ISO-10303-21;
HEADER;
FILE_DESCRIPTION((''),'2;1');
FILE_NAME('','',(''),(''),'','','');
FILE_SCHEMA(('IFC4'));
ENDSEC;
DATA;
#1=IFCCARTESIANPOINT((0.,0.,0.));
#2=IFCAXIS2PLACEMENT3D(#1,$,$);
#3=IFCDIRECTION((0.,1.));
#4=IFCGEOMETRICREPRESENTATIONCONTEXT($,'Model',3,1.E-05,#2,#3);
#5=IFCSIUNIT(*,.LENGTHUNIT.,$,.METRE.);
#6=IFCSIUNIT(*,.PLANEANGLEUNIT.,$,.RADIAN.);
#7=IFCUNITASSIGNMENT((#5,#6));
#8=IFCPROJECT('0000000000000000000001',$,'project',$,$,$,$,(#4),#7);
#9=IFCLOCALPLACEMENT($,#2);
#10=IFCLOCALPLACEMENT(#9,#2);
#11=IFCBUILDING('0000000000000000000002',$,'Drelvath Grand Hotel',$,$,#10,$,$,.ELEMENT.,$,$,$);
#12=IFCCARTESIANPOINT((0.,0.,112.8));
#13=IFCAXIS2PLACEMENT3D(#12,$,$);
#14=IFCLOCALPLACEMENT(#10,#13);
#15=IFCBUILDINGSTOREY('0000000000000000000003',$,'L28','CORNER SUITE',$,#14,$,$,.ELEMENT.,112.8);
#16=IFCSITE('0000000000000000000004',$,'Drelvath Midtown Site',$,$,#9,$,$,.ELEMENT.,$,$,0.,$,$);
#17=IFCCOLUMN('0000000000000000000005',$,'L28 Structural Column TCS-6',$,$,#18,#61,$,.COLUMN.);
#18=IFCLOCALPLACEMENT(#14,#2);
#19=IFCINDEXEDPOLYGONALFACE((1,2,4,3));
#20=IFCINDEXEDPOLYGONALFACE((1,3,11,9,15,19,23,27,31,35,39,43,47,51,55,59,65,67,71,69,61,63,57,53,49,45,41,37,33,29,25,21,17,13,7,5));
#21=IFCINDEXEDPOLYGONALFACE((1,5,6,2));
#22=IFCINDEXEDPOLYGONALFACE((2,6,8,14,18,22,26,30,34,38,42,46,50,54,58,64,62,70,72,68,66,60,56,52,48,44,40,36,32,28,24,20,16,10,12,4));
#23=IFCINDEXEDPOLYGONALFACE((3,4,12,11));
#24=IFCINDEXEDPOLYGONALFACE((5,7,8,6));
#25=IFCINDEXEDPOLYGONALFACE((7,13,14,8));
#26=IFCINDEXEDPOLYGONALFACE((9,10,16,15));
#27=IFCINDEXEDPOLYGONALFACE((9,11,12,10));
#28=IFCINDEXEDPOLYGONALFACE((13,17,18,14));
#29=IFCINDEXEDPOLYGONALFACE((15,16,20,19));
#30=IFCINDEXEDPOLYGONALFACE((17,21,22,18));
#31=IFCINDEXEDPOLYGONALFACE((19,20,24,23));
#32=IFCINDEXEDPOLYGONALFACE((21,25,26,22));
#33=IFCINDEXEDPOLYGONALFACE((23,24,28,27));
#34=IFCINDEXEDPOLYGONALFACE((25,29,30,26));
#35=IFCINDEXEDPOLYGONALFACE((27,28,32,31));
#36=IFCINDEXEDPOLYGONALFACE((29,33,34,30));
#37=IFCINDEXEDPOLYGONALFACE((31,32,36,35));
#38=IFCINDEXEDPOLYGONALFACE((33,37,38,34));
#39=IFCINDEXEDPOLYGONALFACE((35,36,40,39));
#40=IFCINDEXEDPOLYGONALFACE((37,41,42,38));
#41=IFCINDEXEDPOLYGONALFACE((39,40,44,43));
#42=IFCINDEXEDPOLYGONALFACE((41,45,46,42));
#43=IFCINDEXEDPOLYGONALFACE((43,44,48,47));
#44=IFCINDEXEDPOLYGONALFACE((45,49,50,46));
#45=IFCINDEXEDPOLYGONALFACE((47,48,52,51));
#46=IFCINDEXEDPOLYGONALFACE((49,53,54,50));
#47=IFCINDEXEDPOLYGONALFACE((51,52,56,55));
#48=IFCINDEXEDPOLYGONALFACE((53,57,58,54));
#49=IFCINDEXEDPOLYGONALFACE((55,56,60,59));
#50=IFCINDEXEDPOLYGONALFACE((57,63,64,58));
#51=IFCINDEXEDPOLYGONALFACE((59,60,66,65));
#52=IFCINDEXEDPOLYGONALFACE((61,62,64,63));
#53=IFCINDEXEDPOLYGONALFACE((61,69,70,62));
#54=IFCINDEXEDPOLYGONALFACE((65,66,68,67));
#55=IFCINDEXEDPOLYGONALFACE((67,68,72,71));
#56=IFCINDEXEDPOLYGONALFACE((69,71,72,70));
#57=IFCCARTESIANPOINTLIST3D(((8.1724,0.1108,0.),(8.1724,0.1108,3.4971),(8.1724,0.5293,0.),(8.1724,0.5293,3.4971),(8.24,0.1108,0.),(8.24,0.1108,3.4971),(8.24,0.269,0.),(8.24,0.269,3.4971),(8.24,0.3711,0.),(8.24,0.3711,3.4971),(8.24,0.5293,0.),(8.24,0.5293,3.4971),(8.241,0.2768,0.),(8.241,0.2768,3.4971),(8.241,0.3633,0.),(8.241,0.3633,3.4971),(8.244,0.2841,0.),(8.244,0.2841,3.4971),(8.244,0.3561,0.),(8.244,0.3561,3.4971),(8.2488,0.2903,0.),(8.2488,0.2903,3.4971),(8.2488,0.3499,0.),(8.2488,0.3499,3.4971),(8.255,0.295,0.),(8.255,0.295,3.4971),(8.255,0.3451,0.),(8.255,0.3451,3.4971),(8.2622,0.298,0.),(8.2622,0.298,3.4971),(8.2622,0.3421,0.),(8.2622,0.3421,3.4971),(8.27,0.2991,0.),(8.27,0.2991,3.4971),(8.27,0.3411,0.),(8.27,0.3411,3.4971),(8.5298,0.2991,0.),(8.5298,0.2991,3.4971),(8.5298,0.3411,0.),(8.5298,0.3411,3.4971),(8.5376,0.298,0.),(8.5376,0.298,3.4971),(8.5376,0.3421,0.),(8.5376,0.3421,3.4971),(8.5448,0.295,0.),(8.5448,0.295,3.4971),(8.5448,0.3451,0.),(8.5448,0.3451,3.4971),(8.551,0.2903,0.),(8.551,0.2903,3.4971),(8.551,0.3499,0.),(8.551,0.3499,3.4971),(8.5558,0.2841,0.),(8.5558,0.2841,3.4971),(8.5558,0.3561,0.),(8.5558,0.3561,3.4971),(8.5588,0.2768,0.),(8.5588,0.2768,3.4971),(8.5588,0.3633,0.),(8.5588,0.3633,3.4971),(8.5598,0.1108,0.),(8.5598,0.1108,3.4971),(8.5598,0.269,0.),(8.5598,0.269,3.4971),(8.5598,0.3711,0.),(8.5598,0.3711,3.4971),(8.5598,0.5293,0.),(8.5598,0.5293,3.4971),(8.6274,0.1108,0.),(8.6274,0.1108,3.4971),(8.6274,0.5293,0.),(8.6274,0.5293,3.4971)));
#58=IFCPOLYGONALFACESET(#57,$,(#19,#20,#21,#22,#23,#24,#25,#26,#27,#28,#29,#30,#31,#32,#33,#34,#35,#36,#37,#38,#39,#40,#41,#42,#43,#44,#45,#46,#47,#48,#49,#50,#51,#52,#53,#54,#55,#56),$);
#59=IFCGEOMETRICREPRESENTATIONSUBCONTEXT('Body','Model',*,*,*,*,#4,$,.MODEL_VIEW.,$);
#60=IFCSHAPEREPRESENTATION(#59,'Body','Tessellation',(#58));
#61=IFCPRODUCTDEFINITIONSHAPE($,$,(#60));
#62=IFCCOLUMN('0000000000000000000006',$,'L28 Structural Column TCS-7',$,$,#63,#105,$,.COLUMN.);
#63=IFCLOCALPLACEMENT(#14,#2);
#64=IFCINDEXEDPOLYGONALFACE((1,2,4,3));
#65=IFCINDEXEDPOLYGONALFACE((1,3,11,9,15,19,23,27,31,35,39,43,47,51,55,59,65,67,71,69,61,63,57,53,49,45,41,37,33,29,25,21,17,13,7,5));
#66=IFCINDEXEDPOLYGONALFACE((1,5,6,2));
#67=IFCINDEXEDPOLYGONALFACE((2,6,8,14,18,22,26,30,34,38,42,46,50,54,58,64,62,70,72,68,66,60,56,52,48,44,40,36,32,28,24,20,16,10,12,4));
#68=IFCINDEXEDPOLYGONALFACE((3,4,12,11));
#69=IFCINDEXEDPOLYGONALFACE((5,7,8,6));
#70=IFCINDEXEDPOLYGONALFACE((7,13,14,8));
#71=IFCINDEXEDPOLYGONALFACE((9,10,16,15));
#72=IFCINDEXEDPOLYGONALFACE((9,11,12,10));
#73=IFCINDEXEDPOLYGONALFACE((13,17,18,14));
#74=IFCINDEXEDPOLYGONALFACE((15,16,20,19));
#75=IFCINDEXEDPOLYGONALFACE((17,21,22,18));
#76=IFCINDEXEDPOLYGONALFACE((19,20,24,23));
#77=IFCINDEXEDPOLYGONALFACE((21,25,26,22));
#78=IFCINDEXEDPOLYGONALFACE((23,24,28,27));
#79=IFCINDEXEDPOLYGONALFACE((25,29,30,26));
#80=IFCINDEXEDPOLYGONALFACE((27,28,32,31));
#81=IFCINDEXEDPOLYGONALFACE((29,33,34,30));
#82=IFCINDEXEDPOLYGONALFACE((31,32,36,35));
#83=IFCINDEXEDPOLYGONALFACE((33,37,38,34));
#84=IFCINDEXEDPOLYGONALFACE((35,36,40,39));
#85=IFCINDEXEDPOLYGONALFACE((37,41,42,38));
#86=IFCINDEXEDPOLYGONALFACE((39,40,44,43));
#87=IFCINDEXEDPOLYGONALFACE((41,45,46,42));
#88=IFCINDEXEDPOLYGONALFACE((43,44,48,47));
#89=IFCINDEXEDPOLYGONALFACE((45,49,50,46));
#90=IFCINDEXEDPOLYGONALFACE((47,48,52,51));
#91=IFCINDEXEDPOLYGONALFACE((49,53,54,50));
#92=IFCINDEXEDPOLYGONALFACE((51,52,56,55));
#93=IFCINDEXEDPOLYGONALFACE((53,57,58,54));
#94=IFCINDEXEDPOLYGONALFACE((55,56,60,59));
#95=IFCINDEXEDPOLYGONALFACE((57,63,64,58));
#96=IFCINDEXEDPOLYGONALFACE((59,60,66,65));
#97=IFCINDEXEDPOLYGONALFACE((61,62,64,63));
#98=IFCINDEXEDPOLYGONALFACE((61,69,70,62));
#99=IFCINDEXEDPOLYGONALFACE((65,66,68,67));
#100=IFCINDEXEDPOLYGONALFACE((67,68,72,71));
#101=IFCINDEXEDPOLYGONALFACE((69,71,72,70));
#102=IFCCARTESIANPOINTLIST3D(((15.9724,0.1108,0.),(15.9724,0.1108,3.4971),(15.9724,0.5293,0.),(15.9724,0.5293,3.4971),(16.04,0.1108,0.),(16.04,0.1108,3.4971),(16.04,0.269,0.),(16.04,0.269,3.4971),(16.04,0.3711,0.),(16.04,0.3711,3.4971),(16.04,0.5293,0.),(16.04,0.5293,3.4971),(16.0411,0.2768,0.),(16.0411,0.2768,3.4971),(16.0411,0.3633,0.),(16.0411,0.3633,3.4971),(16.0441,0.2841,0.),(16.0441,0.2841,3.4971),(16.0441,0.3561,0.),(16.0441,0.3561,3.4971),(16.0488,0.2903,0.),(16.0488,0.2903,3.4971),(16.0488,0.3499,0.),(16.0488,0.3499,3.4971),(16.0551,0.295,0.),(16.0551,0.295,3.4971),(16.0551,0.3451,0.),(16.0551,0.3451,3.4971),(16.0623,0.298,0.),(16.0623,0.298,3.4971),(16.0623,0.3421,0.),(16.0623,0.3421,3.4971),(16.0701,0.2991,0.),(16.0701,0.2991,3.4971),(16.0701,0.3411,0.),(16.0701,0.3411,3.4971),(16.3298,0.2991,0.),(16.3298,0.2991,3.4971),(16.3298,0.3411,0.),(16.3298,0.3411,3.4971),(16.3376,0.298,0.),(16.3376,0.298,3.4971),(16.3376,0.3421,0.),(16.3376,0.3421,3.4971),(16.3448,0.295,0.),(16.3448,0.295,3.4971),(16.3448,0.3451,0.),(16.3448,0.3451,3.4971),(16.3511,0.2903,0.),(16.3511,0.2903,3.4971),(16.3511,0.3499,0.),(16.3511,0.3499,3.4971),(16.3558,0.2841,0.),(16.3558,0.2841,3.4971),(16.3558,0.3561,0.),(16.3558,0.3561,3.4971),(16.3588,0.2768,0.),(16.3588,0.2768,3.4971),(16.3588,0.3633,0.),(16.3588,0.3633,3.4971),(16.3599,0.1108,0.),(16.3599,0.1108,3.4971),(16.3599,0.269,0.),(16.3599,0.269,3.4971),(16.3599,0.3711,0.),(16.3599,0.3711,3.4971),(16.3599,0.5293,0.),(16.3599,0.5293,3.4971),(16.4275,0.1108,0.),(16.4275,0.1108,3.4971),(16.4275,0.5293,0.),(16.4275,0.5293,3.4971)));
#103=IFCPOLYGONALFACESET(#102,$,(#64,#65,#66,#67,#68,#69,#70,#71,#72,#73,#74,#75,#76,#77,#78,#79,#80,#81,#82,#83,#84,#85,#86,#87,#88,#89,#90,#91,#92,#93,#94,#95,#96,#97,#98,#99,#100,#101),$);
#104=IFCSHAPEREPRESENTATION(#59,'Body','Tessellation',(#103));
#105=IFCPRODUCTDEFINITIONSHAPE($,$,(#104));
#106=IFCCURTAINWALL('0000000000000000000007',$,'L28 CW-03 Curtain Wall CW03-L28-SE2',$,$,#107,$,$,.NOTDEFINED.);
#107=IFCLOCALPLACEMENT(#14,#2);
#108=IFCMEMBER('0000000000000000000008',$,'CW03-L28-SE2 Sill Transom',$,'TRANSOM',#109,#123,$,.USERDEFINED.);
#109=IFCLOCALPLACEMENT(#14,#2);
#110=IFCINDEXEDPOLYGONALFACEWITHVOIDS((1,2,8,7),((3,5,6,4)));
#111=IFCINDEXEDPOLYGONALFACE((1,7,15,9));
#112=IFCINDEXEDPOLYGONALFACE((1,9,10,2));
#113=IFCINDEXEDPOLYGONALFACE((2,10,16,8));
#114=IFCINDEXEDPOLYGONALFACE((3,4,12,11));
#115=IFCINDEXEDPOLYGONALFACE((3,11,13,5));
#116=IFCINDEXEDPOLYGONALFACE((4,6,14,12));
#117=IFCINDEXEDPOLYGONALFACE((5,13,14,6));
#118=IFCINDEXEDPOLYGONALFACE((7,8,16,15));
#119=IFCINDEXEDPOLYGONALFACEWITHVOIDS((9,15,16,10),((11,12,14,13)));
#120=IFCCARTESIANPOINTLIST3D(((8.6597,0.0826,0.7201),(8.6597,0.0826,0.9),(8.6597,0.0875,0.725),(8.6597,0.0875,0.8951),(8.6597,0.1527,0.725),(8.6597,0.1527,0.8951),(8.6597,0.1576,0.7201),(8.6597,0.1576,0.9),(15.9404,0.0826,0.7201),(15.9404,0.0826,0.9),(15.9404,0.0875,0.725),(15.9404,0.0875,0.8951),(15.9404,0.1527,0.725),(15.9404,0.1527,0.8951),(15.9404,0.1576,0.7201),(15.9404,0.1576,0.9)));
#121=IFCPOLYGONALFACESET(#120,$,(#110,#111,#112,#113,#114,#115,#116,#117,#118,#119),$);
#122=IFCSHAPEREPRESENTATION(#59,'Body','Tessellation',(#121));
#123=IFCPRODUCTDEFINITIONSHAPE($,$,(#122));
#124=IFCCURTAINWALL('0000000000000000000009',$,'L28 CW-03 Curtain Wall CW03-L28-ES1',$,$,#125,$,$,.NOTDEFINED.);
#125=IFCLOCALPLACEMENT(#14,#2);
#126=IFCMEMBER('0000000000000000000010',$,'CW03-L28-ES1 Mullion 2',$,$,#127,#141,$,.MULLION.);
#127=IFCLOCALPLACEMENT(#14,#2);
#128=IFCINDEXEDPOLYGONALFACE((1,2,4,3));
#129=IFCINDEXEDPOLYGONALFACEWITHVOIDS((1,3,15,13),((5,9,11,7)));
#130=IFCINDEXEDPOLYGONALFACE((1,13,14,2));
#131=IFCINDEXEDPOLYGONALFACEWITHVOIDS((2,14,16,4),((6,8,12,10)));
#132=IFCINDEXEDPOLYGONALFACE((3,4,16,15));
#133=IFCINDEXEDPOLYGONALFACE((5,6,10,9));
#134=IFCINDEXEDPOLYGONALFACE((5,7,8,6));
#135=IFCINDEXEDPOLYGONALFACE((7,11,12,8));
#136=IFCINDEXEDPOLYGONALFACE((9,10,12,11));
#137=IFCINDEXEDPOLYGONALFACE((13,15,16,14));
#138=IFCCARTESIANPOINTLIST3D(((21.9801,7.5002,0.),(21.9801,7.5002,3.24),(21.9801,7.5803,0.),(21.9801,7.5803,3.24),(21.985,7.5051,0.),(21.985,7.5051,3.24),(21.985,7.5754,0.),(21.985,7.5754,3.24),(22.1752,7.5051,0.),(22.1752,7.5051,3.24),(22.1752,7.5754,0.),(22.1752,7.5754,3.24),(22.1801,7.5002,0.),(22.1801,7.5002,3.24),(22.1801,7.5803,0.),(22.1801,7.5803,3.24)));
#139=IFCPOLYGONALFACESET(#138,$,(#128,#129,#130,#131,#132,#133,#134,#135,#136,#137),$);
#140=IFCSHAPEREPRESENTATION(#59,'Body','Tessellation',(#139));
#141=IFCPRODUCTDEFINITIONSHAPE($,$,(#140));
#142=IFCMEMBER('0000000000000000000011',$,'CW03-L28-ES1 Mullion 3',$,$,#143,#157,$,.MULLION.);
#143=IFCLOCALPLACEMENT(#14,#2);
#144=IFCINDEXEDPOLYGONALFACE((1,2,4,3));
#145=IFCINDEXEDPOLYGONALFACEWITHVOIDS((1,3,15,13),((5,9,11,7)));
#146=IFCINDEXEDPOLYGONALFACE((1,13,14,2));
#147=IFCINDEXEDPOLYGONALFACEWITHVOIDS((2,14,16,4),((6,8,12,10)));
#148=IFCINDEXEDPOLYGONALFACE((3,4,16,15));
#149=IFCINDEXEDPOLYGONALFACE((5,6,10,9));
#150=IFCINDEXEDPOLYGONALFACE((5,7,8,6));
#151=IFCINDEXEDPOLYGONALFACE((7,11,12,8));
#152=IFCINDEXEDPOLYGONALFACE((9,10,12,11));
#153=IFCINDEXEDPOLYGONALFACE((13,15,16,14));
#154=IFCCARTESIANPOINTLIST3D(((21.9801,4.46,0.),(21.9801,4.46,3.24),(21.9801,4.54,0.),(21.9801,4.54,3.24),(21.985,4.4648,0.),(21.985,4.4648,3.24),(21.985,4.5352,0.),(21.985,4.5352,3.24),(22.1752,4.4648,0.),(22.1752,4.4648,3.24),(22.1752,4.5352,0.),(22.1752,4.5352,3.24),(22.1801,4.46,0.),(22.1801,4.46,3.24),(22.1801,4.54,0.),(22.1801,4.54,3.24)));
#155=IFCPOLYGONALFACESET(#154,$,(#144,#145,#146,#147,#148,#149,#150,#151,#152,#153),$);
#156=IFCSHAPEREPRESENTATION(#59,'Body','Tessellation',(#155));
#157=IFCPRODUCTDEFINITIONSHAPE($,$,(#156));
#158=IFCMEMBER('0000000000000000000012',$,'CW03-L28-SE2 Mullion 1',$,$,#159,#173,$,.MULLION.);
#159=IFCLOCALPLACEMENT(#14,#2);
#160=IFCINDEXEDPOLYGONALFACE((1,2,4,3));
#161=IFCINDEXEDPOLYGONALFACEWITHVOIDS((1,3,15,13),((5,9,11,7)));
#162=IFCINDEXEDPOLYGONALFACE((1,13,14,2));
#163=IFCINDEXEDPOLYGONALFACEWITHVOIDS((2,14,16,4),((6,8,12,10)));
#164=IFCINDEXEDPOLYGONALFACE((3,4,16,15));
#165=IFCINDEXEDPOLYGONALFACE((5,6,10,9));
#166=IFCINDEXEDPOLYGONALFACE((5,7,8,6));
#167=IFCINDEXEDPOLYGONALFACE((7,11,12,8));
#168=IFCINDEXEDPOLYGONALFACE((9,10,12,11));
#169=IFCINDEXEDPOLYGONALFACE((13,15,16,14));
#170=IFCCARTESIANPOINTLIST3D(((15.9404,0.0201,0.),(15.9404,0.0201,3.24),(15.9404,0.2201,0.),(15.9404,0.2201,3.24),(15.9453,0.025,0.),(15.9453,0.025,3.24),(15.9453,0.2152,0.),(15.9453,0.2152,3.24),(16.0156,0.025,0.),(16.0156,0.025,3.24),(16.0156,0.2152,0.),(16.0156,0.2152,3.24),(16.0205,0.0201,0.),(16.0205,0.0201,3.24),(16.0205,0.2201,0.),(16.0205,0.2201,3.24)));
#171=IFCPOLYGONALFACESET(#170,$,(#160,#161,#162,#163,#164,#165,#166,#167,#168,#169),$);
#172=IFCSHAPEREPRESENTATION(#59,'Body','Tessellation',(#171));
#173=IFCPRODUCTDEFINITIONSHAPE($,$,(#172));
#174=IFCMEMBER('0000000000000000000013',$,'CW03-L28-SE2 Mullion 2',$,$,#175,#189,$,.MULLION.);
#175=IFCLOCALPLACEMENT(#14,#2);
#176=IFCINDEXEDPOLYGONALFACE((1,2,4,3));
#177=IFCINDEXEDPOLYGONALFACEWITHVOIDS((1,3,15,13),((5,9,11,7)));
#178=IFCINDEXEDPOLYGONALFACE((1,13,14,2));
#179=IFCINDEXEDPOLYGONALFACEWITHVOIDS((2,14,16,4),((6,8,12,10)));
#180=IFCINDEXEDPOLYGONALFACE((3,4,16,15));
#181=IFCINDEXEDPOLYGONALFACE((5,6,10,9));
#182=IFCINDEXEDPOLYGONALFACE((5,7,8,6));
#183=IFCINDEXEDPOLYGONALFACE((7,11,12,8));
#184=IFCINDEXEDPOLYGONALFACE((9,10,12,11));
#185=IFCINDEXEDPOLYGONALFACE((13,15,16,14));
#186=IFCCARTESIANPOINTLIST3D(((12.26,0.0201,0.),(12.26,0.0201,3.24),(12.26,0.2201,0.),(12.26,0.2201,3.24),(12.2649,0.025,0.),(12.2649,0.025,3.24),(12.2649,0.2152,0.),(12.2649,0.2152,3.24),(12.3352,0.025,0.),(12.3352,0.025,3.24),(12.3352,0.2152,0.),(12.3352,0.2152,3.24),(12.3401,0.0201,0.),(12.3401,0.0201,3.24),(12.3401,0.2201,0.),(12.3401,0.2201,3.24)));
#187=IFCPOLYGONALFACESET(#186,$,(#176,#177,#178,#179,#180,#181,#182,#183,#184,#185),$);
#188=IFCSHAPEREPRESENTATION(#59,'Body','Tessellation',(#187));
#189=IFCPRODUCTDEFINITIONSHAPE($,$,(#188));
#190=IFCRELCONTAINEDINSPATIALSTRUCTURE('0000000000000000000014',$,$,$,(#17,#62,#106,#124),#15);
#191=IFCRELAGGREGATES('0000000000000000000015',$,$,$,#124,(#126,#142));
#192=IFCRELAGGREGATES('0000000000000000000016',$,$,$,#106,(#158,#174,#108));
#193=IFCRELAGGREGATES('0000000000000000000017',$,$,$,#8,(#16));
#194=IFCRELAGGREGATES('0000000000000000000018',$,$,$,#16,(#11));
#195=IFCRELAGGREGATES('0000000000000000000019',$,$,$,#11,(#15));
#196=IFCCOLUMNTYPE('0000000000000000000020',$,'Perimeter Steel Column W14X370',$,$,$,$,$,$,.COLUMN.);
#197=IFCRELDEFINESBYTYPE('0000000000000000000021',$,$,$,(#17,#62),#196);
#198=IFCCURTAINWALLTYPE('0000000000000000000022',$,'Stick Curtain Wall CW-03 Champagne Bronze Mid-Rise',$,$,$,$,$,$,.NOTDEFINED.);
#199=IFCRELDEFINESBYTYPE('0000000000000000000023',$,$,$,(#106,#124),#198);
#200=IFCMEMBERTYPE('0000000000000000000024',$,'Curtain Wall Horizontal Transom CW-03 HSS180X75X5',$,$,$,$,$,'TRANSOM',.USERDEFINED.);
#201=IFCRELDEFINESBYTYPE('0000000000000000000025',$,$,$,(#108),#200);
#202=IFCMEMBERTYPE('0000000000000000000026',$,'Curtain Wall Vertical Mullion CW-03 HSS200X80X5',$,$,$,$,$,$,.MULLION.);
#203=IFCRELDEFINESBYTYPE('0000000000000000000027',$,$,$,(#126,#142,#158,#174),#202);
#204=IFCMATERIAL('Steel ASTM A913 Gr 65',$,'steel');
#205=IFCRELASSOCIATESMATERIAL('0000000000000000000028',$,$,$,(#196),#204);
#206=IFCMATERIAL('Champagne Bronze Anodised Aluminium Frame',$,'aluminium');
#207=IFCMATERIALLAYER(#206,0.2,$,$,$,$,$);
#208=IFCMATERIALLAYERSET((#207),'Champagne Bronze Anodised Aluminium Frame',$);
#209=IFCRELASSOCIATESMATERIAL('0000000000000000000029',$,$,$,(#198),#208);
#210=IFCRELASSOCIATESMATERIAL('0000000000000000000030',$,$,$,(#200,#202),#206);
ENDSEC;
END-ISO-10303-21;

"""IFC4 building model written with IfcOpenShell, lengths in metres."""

from ifc_helpers import new_model, si_unit, direction, frame, origin, origin_2d, place, context, subcontext, project, spatial, hollow_rectangle, i_section, extrude, material, layer, layer_set, material_profile, profile_set, type_object, element, aggregate, save


model = new_model("IFC4")

# Units and contexts
model_context = context("Model", 3, precision=1e-05, world=origin(), true_north=direction((0.0, 1.0)))
body_context = subcontext(model_context, "Body", "Model", "MODEL_VIEW")
ifc_project = project(units=[si_unit("LENGTHUNIT", "METRE"), si_unit("PLANEANGLEUNIT", "RADIAN")], contexts=[model_context])

# Site, building, storey
site_placement = place(None, origin())
site = spatial("IfcSite", under=ifc_project, at=site_placement, Name="Drelvath Midtown Site", CompositionType="ELEMENT", RefElevation=0.0)
building_placement = place(site_placement, origin())
building = spatial("IfcBuilding", under=site, at=building_placement, Name="Drelvath Grand Hotel", CompositionType="ELEMENT")
storey_placement = place(building_placement, frame((0.0, 0.0, 112.8)))
storey = spatial("IfcBuildingStorey", under=building, at=storey_placement, Name="L28", Description="CORNER SUITE", CompositionType="ELEMENT", Elevation=112.8)

# Columns
ifc_material_1 = material(Name="Steel ASTM A913 Gr 65", Category="steel")
ifc_material_profile_1 = material_profile(ifc_material_1, i_section(OverallWidth=0.4185, OverallDepth=0.4551, WebThickness=0.042, FlangeThickness=0.0676, FilletRadius=0.03, at=origin_2d()), Name="W14X370")
ifc_profile_set_1 = profile_set([ifc_material_profile_1], Name="Steel ASTM A913 Gr 65")
column_type = type_object("IfcColumnType", Name="Perimeter Steel Column W14X370", PredefinedType="COLUMN", material=ifc_profile_set_1)
for number, where, z_axis, x_axis, name in (
    (1, (8.3999, 0.3201, 0.0), (0.0, 0.0, 1.0), (0.0, 1.0, 0.0), "L28 Structural Column TCS-6"),
    (2, (16.2, 0.3201, 0.0), (0.0, 0.0, 1.0), (0.0, 1.0, 0.0), "L28 Structural Column TCS-7"),
):
    element("IfcColumn", number, at=place(storey_placement, frame(where, z_axis=z_axis, x_axis=x_axis)), inside=storey, type_object=column_type, Name=name, PredefinedType="COLUMN", context=body_context, shape_type="SweptSolid", body=[
        extrude(i_section(OverallWidth=0.4185, OverallDepth=0.4551, WebThickness=0.042, FlangeThickness=0.0676, FilletRadius=0.03, at=origin_2d()), origin(), (0.0, 0.0, 1.0), 3.4971),
    ])

# Curtain wall, member
ifc_material_2 = material(Name="Champagne Bronze Anodised Aluminium Frame", Category="aluminium")
ifc_layer_1 = layer(ifc_material_2, 0.2)
ifc_layer_set_1 = layer_set([ifc_layer_1], Name="Champagne Bronze Anodised Aluminium Frame")
curtain_wall_type = type_object("IfcCurtainWallType", Name="Stick Curtain Wall CW-03 Champagne Bronze Mid-Rise", PredefinedType="NOTDEFINED", material=ifc_layer_set_1)
curtain_wall_1_placement = place(storey_placement, origin())
curtain_wall_1 = element("IfcCurtainWall", 3, at=curtain_wall_1_placement, inside=storey, type_object=curtain_wall_type, Name="L28 CW-03 Curtain Wall CW03-L28-SE2", PredefinedType="NOTDEFINED")
ifc_material_profile_2 = material_profile(ifc_material_2, hollow_rectangle(XDim=0.075, YDim=0.1799, WallThickness=0.0049, at=origin_2d()), Name="HSS180X75X5")
ifc_profile_set_2 = profile_set([ifc_material_profile_2], Name="Champagne Bronze Anodised Aluminium Frame")
member_type_1 = type_object("IfcMemberType", Name="Curtain Wall Horizontal Transom CW-03 HSS180X75X5", ElementType="TRANSOM", PredefinedType="USERDEFINED", material=ifc_profile_set_2)
member_1_placement = place(storey_placement, frame((15.9404, 0.1201, 0.8101), z_axis=(-1.0, 0.0, 0.0), x_axis=(0.0, -1.0, 0.0)))
member_1 = element("IfcMember", 4, at=member_1_placement, type_object=member_type_1, Name="CW03-L28-SE2 Sill Transom", ObjectType="TRANSOM", PredefinedType="USERDEFINED", context=body_context, shape_type="SweptSolid", body=[
    extrude(hollow_rectangle(XDim=0.075, YDim=0.1799, WallThickness=0.0049, at=origin_2d()), origin(), (0.0, 0.0, 1.0), 7.2808),
])

# Curtain wall, members
curtain_wall_2_placement = place(storey_placement, origin())
curtain_wall_2 = element("IfcCurtainWall", 5, at=curtain_wall_2_placement, inside=storey, type_object=curtain_wall_type, Name="L28 CW-03 Curtain Wall CW03-L28-ES1", PredefinedType="NOTDEFINED")
ifc_material_profile_3 = material_profile(ifc_material_2, hollow_rectangle(XDim=0.0801, YDim=0.2, WallThickness=0.0049, at=origin_2d()), Name="HSS200X80X5")
ifc_profile_set_3 = profile_set([ifc_material_profile_3], Name="Champagne Bronze Anodised Aluminium Frame")
member_type_2 = type_object("IfcMemberType", Name="Curtain Wall Vertical Mullion CW-03 HSS200X80X5", PredefinedType="MULLION", material=ifc_profile_set_3)
member_2_placement = place(storey_placement, frame((22.0801, 7.5403, 0.0), z_axis=(0.0, 0.0, 1.0), x_axis=(0.0, 1.0, 0.0)))
member_2 = element("IfcMember", 6, at=member_2_placement, type_object=member_type_2, Name="CW03-L28-ES1 Mullion 2", PredefinedType="MULLION", context=body_context, shape_type="SweptSolid", body=[
    extrude(hollow_rectangle(XDim=0.0801, YDim=0.2, WallThickness=0.0049, at=origin_2d()), origin(), (0.0, 0.0, 1.0), 3.24),
])
member_3_placement = place(storey_placement, frame((22.0801, 4.5, 0.0), z_axis=(0.0, 0.0, 1.0), x_axis=(0.0, 1.0, 0.0)))
member_3 = element("IfcMember", 7, at=member_3_placement, type_object=member_type_2, Name="CW03-L28-ES1 Mullion 3", PredefinedType="MULLION", context=body_context, shape_type="SweptSolid", body=[
    extrude(hollow_rectangle(XDim=0.0801, YDim=0.2, WallThickness=0.0049, at=origin_2d()), origin(), (0.0, 0.0, 1.0), 3.24),
])

# Members
member_4_placement = place(storey_placement, frame((15.9805, 0.1201, 0.0), z_axis=(0.0, 0.0, 1.0), x_axis=(1.0, 0.0, 0.0)))
member_4 = element("IfcMember", 8, at=member_4_placement, type_object=member_type_2, Name="CW03-L28-SE2 Mullion 1", PredefinedType="MULLION", context=body_context, shape_type="SweptSolid", body=[
    extrude(hollow_rectangle(XDim=0.0801, YDim=0.2, WallThickness=0.0049, at=origin_2d()), origin(), (0.0, 0.0, 1.0), 3.24),
])
member_5_placement = place(storey_placement, frame((12.3, 0.1201, 0.0), z_axis=(0.0, 0.0, 1.0), x_axis=(1.0, 0.0, 0.0)))
member_5 = element("IfcMember", 9, at=member_5_placement, type_object=member_type_2, Name="CW03-L28-SE2 Mullion 2", PredefinedType="MULLION", context=body_context, shape_type="SweptSolid", body=[
    extrude(hollow_rectangle(XDim=0.0801, YDim=0.2, WallThickness=0.0049, at=origin_2d()), origin(), (0.0, 0.0, 1.0), 3.24),
])

aggregate(curtain_wall_2, [member_2, member_3])
aggregate(curtain_wall_1, [member_4, member_5, member_1])

save(model, "model.ifc")
